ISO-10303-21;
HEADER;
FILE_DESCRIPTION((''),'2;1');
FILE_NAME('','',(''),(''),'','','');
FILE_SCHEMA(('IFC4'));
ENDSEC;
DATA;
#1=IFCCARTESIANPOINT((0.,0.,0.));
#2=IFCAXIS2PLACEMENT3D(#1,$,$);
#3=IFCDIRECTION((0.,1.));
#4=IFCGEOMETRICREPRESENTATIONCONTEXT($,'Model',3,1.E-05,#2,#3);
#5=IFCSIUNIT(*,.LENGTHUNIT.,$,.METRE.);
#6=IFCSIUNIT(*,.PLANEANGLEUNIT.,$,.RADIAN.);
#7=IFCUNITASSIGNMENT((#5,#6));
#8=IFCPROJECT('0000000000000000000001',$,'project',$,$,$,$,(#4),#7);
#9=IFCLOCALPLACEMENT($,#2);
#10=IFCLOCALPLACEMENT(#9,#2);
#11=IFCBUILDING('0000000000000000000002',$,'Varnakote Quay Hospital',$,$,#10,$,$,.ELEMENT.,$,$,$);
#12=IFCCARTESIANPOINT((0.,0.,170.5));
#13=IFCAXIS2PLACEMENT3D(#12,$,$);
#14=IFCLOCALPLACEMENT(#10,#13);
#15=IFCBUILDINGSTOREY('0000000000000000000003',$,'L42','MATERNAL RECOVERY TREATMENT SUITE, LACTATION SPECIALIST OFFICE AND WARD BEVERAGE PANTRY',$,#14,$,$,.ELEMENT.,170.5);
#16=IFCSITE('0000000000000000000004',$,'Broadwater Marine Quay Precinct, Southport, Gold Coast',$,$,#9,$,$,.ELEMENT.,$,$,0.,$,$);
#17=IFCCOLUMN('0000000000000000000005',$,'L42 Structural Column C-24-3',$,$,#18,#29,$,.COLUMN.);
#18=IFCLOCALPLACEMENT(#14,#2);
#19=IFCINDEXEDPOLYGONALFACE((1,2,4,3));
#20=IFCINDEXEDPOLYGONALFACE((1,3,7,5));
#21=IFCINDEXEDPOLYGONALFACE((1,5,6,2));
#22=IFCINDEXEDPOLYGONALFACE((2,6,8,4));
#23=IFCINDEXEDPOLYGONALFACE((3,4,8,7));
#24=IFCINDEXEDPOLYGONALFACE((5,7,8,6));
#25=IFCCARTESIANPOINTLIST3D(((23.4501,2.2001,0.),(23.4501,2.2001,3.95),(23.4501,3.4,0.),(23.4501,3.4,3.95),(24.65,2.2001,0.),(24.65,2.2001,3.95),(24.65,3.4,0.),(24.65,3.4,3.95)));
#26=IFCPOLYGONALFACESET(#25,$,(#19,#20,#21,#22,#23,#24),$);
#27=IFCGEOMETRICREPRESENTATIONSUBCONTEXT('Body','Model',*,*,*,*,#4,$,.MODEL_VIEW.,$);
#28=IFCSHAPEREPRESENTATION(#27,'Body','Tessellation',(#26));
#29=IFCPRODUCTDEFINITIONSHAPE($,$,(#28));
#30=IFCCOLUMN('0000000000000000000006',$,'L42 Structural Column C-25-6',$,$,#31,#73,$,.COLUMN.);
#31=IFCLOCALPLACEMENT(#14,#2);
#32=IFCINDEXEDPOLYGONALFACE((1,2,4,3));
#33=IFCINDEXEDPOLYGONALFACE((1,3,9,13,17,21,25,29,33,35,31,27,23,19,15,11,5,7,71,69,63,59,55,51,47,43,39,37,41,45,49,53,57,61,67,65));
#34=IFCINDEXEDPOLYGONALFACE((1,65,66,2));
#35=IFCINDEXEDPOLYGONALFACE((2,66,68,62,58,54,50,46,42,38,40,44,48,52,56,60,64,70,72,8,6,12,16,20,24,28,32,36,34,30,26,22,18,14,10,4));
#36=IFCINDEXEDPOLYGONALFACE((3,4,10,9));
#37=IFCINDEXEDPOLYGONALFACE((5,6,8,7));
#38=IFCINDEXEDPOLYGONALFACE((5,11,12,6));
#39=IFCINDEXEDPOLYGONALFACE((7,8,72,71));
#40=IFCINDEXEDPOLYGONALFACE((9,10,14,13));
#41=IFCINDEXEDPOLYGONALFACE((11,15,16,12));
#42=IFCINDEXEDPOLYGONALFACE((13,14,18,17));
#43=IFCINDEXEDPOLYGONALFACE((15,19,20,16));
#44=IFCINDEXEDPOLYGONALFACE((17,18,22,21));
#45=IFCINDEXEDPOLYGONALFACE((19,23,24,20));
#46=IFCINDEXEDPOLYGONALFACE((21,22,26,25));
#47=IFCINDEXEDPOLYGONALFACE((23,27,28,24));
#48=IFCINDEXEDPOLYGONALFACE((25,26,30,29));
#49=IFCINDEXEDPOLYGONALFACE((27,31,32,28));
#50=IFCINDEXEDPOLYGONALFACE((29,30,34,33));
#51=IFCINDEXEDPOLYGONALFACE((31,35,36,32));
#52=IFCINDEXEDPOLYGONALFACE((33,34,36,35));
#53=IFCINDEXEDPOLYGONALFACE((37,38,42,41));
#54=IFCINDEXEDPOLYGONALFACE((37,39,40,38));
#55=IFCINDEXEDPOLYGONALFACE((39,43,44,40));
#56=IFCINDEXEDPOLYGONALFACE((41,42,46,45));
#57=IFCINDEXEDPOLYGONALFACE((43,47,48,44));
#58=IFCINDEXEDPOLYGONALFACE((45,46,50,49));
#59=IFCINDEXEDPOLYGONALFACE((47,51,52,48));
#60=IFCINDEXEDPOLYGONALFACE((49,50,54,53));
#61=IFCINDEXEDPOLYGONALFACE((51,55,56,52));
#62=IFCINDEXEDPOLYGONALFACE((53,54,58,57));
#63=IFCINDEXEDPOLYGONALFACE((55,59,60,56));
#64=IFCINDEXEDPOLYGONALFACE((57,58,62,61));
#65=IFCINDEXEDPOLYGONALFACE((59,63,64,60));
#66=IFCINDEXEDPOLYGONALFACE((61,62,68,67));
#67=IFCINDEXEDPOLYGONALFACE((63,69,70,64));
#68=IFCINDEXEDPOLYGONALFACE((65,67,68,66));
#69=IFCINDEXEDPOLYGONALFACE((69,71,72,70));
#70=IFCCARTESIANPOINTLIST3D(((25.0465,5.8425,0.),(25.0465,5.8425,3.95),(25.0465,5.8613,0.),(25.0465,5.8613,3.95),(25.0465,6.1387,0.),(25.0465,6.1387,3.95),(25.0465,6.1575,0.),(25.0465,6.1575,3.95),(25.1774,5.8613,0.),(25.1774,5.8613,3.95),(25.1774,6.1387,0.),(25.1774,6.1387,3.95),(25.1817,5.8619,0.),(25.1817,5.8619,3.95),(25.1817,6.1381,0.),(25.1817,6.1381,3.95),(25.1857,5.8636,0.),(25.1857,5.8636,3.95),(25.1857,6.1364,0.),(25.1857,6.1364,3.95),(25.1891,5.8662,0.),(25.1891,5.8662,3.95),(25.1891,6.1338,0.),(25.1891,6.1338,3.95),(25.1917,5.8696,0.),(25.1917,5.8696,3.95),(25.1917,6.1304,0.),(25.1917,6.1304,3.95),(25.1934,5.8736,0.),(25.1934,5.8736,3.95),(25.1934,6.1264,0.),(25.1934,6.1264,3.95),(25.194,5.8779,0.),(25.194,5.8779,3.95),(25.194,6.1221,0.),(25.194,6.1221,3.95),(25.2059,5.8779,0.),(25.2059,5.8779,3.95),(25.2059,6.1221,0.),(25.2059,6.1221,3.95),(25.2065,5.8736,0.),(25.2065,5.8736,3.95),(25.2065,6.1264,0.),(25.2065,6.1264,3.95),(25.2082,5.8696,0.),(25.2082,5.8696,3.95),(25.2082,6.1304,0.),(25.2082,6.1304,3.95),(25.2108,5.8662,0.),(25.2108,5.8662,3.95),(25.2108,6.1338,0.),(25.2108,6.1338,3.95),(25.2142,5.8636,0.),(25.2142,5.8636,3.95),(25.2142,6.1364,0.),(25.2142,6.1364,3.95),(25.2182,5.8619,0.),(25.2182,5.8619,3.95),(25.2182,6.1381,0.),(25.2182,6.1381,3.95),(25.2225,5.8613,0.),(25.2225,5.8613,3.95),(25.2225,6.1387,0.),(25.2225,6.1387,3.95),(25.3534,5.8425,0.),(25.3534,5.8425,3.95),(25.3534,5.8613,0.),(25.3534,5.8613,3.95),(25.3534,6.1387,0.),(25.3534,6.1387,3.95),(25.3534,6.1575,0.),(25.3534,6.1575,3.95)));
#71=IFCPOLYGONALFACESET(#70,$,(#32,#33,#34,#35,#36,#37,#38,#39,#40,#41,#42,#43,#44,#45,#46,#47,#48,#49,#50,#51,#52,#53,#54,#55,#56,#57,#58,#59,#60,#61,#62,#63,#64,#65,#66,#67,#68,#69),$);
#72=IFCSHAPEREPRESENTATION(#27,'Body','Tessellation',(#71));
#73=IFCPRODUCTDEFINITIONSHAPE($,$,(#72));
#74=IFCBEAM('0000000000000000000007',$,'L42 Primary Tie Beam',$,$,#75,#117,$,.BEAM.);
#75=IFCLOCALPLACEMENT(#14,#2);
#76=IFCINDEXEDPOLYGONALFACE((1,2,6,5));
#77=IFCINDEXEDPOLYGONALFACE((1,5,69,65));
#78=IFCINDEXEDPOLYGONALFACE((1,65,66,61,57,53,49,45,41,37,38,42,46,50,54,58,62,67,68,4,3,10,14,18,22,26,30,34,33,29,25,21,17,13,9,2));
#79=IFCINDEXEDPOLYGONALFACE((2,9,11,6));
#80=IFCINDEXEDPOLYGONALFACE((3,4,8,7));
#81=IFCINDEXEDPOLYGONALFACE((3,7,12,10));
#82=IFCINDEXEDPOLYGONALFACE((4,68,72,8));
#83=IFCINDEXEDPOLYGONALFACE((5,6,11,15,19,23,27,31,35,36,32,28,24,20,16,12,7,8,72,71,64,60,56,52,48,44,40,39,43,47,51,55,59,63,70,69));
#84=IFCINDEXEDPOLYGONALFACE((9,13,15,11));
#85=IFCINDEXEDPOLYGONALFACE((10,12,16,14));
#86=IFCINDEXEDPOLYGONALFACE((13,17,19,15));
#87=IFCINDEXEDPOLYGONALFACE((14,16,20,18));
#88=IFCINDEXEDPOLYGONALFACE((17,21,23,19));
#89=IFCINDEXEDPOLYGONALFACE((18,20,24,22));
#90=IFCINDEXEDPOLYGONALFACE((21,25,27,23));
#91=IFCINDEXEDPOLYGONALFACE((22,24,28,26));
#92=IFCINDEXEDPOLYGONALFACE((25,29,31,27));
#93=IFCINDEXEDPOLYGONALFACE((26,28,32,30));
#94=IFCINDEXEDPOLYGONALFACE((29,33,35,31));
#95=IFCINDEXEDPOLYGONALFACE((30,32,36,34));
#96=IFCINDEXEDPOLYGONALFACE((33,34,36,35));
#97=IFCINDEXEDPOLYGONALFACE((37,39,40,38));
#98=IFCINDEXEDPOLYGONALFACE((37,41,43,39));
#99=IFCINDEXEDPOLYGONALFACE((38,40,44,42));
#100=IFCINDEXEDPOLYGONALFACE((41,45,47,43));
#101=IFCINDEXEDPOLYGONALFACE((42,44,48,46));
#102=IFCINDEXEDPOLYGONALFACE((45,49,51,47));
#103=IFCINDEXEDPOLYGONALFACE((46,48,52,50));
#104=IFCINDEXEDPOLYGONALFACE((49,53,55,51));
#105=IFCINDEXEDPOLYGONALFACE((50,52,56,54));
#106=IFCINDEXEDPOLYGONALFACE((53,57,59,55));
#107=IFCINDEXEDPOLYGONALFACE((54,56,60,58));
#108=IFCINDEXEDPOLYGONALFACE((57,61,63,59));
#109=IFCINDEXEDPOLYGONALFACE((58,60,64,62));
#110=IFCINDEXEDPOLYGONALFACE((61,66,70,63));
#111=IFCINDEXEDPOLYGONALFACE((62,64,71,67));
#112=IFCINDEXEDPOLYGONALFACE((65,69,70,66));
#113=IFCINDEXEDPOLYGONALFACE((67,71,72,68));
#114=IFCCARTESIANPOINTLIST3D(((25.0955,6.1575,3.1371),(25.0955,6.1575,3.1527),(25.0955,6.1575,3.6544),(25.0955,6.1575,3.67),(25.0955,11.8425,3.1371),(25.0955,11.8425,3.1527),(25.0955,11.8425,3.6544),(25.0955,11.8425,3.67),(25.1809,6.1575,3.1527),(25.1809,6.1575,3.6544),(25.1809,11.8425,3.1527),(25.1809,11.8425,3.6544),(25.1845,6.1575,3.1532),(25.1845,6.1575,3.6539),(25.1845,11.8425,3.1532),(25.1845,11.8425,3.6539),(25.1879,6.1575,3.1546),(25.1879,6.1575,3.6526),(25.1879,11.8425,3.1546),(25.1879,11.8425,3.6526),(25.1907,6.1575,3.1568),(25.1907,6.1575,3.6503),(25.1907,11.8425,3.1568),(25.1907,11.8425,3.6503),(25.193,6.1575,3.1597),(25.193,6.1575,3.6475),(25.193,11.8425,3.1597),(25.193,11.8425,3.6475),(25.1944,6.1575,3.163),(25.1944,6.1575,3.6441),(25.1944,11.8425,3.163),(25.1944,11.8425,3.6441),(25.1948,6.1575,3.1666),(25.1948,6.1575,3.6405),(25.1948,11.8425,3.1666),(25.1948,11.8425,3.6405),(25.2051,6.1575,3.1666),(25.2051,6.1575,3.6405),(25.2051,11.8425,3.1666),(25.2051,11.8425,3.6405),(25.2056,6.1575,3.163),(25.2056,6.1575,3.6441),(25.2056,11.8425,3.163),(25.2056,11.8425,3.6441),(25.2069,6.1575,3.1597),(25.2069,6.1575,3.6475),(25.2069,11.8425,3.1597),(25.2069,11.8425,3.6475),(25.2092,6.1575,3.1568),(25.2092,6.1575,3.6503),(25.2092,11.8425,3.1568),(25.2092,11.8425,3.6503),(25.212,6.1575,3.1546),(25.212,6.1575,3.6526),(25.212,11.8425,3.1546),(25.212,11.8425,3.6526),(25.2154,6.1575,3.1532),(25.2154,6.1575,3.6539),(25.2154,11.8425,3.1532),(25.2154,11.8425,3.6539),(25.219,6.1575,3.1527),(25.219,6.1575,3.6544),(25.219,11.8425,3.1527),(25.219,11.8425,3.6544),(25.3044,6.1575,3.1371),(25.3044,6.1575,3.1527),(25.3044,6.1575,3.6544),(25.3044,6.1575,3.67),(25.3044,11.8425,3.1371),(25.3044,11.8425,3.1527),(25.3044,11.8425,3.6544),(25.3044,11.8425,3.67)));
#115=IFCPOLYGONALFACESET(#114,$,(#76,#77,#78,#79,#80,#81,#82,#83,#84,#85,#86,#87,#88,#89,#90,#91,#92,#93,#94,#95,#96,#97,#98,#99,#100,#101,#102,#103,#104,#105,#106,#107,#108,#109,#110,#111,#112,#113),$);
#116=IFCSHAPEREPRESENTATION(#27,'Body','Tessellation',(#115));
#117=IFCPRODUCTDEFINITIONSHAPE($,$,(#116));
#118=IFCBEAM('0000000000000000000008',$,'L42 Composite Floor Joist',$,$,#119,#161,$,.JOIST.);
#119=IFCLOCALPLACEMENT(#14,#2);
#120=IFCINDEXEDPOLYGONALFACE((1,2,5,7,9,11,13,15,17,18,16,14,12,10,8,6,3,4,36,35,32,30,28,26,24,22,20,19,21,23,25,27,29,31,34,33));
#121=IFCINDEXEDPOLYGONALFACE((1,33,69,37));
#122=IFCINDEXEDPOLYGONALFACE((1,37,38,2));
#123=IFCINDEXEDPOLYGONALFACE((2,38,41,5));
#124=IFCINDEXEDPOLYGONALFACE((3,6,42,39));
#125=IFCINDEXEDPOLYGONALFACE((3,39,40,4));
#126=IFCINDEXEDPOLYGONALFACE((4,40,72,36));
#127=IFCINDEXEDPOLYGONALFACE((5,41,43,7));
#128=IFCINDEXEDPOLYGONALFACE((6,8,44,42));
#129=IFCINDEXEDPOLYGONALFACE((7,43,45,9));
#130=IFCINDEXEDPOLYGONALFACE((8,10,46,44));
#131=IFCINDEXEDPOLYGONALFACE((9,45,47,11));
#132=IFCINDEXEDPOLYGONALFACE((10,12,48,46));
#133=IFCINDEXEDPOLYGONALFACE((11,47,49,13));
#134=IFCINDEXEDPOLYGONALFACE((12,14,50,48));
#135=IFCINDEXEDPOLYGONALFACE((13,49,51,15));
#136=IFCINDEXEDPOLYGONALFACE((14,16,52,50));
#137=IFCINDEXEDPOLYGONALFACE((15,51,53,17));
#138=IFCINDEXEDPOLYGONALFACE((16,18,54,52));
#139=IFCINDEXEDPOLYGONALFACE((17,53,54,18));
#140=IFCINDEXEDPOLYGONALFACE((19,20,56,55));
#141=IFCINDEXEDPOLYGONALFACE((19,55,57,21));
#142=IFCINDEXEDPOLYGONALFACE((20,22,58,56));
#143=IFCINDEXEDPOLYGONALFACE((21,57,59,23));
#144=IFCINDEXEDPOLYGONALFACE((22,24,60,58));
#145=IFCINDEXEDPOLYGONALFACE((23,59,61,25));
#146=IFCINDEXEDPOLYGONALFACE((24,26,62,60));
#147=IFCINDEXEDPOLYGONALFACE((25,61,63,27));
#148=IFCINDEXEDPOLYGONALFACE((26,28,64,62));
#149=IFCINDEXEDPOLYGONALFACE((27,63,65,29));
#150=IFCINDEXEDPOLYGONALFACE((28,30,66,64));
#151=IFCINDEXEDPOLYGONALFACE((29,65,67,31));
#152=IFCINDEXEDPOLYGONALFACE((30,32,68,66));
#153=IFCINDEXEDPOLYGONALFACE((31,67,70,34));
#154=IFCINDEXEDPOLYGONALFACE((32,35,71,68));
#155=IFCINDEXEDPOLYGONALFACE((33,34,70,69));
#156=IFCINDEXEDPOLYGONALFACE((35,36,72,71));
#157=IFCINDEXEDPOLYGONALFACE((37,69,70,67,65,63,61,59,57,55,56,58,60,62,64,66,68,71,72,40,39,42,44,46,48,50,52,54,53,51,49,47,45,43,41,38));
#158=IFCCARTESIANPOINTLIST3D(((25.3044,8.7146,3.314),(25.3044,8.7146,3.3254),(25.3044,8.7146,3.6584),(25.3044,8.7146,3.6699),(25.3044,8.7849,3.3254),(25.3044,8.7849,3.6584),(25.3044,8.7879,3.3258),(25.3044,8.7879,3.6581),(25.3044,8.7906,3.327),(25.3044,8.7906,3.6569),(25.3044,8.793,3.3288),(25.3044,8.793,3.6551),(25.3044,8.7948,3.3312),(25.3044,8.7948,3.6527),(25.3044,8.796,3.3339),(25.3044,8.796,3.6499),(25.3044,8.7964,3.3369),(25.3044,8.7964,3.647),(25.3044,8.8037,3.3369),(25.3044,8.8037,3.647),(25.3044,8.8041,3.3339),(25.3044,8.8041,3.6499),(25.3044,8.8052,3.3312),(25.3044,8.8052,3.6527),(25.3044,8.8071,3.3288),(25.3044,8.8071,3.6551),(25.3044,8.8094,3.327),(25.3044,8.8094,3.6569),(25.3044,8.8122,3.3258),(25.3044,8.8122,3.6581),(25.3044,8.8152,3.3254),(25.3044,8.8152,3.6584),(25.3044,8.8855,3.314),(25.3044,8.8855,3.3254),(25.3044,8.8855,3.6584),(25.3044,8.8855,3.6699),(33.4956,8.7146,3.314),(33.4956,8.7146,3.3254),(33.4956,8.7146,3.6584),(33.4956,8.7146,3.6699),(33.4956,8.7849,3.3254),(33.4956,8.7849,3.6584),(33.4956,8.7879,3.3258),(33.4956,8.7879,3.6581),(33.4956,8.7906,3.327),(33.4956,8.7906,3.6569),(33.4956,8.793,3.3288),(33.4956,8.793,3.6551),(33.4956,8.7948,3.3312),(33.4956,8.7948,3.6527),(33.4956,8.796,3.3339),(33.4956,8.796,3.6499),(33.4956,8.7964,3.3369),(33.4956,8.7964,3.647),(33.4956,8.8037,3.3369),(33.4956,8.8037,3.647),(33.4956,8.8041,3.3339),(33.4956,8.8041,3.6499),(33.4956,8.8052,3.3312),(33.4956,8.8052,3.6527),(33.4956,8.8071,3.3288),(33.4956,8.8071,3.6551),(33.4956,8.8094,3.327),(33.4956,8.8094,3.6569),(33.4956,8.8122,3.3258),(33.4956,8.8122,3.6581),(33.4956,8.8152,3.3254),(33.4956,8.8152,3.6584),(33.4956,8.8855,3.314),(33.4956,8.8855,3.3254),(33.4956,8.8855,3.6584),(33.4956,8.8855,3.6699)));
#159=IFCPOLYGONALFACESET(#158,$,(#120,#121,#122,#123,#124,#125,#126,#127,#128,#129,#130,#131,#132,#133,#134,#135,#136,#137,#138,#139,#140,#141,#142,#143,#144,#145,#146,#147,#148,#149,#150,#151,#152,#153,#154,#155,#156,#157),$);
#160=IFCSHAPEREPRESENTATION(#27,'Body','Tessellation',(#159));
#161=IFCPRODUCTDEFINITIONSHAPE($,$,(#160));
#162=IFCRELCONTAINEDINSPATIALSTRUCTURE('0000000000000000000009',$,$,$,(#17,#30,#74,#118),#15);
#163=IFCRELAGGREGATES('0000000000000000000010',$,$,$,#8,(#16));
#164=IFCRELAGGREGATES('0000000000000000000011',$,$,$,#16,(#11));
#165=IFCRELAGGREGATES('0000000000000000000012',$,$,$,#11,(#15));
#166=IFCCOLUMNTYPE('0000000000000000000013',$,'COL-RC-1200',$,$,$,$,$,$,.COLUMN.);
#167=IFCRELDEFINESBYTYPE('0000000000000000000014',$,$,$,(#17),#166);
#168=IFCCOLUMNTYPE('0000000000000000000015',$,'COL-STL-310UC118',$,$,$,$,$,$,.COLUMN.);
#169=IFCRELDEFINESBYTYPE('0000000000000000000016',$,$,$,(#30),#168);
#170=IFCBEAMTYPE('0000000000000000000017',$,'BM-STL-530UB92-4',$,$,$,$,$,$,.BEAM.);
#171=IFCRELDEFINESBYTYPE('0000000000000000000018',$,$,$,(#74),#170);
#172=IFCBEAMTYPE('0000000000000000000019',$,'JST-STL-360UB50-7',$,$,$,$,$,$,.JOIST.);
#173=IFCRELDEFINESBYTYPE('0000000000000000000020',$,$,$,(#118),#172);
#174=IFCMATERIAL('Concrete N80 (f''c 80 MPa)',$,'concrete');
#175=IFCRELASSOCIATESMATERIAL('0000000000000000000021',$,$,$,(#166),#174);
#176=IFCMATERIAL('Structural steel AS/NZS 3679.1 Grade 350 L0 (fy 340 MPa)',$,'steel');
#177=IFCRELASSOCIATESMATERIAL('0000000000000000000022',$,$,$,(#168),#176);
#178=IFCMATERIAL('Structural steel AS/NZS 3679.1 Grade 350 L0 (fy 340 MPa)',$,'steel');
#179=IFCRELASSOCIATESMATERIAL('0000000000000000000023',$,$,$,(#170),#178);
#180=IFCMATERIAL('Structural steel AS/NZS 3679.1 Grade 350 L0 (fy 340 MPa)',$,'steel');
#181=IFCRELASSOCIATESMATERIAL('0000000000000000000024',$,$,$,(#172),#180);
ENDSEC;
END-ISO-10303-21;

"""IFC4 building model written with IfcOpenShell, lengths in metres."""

from ifc_helpers import new_model, si_unit, direction, frame, origin, origin_2d, place, context, subcontext, project, spatial, rectangle, i_section, extrude, material, material_profile, profile_set, type_object, element, save


model = new_model("IFC4")

# Units and contexts
model_context = context("Model", 3, precision=1e-05, world=origin(), true_north=direction((0.0, 1.0)))
body_context = subcontext(model_context, "Body", "Model", "MODEL_VIEW")
ifc_project = project(units=[si_unit("LENGTHUNIT", "METRE"), si_unit("PLANEANGLEUNIT", "RADIAN")], contexts=[model_context])

# Site, building, storey
site_placement = place(None, origin())
site = spatial("IfcSite", under=ifc_project, at=site_placement, Name="Broadwater Marine Quay Precinct, Southport, Gold Coast", CompositionType="ELEMENT", RefElevation=0.0)
building_placement = place(site_placement, origin())
building = spatial("IfcBuilding", under=site, at=building_placement, Name="Varnakote Quay Hospital", CompositionType="ELEMENT")
storey_placement = place(building_placement, frame((0.0, 0.0, 170.5)))
storey = spatial("IfcBuildingStorey", under=building, at=storey_placement, Name="L42", Description="MATERNAL RECOVERY TREATMENT SUITE, LACTATION SPECIALIST OFFICE AND WARD BEVERAGE PANTRY", CompositionType="ELEMENT", Elevation=170.5)

# Columns
ifc_material_1 = material(Name="Concrete N80 (f'c 80 MPa)", Category="concrete")
ifc_material_profile_1 = material_profile(ifc_material_1, rectangle(XDim=1.2, YDim=1.2, at=origin_2d()), Name="RC-COL-1200x1200")
ifc_profile_set_1 = profile_set([ifc_material_profile_1], Name="Concrete N80 (f'c 80 MPa)")
column_type_1 = type_object("IfcColumnType", Name="COL-RC-1200", PredefinedType="COLUMN", material=ifc_profile_set_1)
column_1_placement = place(storey_placement, frame((24.05, 2.8, 0.0), z_axis=(0.0, 0.0, 1.0), x_axis=(1.0, 0.0, 0.0)))
element("IfcColumn", 1, at=column_1_placement, inside=storey, type_object=column_type_1, Name="L42 Structural Column C-24-3", PredefinedType="COLUMN", context=body_context, shape_type="SweptSolid", body=[
    extrude(rectangle(XDim=1.2, YDim=1.2, at=origin_2d()), origin(), (0.0, 0.0, 1.0), 3.95),
])
ifc_material_2 = material(Name="Structural steel AS/NZS 3679.1 Grade 350 L0 (fy 340 MPa)", Category="steel")
ifc_material_profile_2 = material_profile(ifc_material_2, i_section(OverallWidth=0.3069, OverallDepth=0.3149, WebThickness=0.012, FlangeThickness=0.0188, FilletRadius=0.0166, at=origin_2d()), Name="310UC118")
ifc_profile_set_2 = profile_set([ifc_material_profile_2], Name="Structural steel AS/NZS 3679.1 Grade 350 L0 (fy 340 MPa)")
column_type_2 = type_object("IfcColumnType", Name="COL-STL-310UC118", PredefinedType="COLUMN", material=ifc_profile_set_2)
column_2_placement = place(storey_placement, frame((25.2, 6.0, 0.0), z_axis=(0.0, 0.0, 1.0), x_axis=(1.0, 0.0, 0.0)))
element("IfcColumn", 2, at=column_2_placement, inside=storey, type_object=column_type_2, Name="L42 Structural Column C-25-6", PredefinedType="COLUMN", context=body_context, shape_type="SweptSolid", body=[
    extrude(i_section(OverallWidth=0.3069, OverallDepth=0.3149, WebThickness=0.012, FlangeThickness=0.0188, FilletRadius=0.0166, at=origin_2d()), origin(), (0.0, 0.0, 1.0), 3.95),
])

# Beams
ifc_material_3 = material(Name="Structural steel AS/NZS 3679.1 Grade 350 L0 (fy 340 MPa)", Category="steel")
ifc_material_profile_3 = material_profile(ifc_material_3, i_section(OverallWidth=0.209, OverallDepth=0.533, WebThickness=0.0103, FlangeThickness=0.0156, FilletRadius=0.0139, at=origin_2d()), Name="530UB92.4")
ifc_profile_set_3 = profile_set([ifc_material_profile_3], Name="Structural steel AS/NZS 3679.1 Grade 350 L0 (fy 340 MPa)")
beam_type_1 = type_object("IfcBeamType", Name="BM-STL-530UB92-4", PredefinedType="BEAM", material=ifc_profile_set_3)
beam_1_placement = place(storey_placement, frame((25.2, 6.1575, 3.4036), z_axis=(0.0, 1.0, 0.0), x_axis=(-1.0, 0.0, 0.0)))
element("IfcBeam", 3, at=beam_1_placement, inside=storey, type_object=beam_type_1, Name="L42 Primary Tie Beam", PredefinedType="BEAM", context=body_context, shape_type="SweptSolid", body=[
    extrude(i_section(OverallWidth=0.209, OverallDepth=0.533, WebThickness=0.0103, FlangeThickness=0.0156, FilletRadius=0.0139, at=origin_2d()), origin(), (0.0, 0.0, 1.0), 5.6851),
])
ifc_material_4 = material(Name="Structural steel AS/NZS 3679.1 Grade 350 L0 (fy 340 MPa)", Category="steel")
ifc_material_profile_4 = material_profile(ifc_material_4, i_section(OverallWidth=0.1709, OverallDepth=0.356, WebThickness=0.0073, FlangeThickness=0.0115, FilletRadius=0.0115, at=origin_2d()), Name="360UB50.7")
ifc_profile_set_4 = profile_set([ifc_material_profile_4], Name="Structural steel AS/NZS 3679.1 Grade 350 L0 (fy 340 MPa)")
beam_type_2 = type_object("IfcBeamType", Name="JST-STL-360UB50-7", PredefinedType="JOIST", material=ifc_profile_set_4)
beam_2_placement = place(storey_placement, frame((25.3044, 8.8, 3.4919), z_axis=(1.0, 0.0, 0.0), x_axis=(0.0, 1.0, 0.0)))
element("IfcBeam", 4, at=beam_2_placement, inside=storey, type_object=beam_type_2, Name="L42 Composite Floor Joist", PredefinedType="JOIST", context=body_context, shape_type="SweptSolid", body=[
    extrude(i_section(OverallWidth=0.1709, OverallDepth=0.356, WebThickness=0.0073, FlangeThickness=0.0115, FilletRadius=0.0115, at=origin_2d()), origin(), (0.0, 0.0, 1.0), 8.1912),
])

save(model, "model.ifc")
